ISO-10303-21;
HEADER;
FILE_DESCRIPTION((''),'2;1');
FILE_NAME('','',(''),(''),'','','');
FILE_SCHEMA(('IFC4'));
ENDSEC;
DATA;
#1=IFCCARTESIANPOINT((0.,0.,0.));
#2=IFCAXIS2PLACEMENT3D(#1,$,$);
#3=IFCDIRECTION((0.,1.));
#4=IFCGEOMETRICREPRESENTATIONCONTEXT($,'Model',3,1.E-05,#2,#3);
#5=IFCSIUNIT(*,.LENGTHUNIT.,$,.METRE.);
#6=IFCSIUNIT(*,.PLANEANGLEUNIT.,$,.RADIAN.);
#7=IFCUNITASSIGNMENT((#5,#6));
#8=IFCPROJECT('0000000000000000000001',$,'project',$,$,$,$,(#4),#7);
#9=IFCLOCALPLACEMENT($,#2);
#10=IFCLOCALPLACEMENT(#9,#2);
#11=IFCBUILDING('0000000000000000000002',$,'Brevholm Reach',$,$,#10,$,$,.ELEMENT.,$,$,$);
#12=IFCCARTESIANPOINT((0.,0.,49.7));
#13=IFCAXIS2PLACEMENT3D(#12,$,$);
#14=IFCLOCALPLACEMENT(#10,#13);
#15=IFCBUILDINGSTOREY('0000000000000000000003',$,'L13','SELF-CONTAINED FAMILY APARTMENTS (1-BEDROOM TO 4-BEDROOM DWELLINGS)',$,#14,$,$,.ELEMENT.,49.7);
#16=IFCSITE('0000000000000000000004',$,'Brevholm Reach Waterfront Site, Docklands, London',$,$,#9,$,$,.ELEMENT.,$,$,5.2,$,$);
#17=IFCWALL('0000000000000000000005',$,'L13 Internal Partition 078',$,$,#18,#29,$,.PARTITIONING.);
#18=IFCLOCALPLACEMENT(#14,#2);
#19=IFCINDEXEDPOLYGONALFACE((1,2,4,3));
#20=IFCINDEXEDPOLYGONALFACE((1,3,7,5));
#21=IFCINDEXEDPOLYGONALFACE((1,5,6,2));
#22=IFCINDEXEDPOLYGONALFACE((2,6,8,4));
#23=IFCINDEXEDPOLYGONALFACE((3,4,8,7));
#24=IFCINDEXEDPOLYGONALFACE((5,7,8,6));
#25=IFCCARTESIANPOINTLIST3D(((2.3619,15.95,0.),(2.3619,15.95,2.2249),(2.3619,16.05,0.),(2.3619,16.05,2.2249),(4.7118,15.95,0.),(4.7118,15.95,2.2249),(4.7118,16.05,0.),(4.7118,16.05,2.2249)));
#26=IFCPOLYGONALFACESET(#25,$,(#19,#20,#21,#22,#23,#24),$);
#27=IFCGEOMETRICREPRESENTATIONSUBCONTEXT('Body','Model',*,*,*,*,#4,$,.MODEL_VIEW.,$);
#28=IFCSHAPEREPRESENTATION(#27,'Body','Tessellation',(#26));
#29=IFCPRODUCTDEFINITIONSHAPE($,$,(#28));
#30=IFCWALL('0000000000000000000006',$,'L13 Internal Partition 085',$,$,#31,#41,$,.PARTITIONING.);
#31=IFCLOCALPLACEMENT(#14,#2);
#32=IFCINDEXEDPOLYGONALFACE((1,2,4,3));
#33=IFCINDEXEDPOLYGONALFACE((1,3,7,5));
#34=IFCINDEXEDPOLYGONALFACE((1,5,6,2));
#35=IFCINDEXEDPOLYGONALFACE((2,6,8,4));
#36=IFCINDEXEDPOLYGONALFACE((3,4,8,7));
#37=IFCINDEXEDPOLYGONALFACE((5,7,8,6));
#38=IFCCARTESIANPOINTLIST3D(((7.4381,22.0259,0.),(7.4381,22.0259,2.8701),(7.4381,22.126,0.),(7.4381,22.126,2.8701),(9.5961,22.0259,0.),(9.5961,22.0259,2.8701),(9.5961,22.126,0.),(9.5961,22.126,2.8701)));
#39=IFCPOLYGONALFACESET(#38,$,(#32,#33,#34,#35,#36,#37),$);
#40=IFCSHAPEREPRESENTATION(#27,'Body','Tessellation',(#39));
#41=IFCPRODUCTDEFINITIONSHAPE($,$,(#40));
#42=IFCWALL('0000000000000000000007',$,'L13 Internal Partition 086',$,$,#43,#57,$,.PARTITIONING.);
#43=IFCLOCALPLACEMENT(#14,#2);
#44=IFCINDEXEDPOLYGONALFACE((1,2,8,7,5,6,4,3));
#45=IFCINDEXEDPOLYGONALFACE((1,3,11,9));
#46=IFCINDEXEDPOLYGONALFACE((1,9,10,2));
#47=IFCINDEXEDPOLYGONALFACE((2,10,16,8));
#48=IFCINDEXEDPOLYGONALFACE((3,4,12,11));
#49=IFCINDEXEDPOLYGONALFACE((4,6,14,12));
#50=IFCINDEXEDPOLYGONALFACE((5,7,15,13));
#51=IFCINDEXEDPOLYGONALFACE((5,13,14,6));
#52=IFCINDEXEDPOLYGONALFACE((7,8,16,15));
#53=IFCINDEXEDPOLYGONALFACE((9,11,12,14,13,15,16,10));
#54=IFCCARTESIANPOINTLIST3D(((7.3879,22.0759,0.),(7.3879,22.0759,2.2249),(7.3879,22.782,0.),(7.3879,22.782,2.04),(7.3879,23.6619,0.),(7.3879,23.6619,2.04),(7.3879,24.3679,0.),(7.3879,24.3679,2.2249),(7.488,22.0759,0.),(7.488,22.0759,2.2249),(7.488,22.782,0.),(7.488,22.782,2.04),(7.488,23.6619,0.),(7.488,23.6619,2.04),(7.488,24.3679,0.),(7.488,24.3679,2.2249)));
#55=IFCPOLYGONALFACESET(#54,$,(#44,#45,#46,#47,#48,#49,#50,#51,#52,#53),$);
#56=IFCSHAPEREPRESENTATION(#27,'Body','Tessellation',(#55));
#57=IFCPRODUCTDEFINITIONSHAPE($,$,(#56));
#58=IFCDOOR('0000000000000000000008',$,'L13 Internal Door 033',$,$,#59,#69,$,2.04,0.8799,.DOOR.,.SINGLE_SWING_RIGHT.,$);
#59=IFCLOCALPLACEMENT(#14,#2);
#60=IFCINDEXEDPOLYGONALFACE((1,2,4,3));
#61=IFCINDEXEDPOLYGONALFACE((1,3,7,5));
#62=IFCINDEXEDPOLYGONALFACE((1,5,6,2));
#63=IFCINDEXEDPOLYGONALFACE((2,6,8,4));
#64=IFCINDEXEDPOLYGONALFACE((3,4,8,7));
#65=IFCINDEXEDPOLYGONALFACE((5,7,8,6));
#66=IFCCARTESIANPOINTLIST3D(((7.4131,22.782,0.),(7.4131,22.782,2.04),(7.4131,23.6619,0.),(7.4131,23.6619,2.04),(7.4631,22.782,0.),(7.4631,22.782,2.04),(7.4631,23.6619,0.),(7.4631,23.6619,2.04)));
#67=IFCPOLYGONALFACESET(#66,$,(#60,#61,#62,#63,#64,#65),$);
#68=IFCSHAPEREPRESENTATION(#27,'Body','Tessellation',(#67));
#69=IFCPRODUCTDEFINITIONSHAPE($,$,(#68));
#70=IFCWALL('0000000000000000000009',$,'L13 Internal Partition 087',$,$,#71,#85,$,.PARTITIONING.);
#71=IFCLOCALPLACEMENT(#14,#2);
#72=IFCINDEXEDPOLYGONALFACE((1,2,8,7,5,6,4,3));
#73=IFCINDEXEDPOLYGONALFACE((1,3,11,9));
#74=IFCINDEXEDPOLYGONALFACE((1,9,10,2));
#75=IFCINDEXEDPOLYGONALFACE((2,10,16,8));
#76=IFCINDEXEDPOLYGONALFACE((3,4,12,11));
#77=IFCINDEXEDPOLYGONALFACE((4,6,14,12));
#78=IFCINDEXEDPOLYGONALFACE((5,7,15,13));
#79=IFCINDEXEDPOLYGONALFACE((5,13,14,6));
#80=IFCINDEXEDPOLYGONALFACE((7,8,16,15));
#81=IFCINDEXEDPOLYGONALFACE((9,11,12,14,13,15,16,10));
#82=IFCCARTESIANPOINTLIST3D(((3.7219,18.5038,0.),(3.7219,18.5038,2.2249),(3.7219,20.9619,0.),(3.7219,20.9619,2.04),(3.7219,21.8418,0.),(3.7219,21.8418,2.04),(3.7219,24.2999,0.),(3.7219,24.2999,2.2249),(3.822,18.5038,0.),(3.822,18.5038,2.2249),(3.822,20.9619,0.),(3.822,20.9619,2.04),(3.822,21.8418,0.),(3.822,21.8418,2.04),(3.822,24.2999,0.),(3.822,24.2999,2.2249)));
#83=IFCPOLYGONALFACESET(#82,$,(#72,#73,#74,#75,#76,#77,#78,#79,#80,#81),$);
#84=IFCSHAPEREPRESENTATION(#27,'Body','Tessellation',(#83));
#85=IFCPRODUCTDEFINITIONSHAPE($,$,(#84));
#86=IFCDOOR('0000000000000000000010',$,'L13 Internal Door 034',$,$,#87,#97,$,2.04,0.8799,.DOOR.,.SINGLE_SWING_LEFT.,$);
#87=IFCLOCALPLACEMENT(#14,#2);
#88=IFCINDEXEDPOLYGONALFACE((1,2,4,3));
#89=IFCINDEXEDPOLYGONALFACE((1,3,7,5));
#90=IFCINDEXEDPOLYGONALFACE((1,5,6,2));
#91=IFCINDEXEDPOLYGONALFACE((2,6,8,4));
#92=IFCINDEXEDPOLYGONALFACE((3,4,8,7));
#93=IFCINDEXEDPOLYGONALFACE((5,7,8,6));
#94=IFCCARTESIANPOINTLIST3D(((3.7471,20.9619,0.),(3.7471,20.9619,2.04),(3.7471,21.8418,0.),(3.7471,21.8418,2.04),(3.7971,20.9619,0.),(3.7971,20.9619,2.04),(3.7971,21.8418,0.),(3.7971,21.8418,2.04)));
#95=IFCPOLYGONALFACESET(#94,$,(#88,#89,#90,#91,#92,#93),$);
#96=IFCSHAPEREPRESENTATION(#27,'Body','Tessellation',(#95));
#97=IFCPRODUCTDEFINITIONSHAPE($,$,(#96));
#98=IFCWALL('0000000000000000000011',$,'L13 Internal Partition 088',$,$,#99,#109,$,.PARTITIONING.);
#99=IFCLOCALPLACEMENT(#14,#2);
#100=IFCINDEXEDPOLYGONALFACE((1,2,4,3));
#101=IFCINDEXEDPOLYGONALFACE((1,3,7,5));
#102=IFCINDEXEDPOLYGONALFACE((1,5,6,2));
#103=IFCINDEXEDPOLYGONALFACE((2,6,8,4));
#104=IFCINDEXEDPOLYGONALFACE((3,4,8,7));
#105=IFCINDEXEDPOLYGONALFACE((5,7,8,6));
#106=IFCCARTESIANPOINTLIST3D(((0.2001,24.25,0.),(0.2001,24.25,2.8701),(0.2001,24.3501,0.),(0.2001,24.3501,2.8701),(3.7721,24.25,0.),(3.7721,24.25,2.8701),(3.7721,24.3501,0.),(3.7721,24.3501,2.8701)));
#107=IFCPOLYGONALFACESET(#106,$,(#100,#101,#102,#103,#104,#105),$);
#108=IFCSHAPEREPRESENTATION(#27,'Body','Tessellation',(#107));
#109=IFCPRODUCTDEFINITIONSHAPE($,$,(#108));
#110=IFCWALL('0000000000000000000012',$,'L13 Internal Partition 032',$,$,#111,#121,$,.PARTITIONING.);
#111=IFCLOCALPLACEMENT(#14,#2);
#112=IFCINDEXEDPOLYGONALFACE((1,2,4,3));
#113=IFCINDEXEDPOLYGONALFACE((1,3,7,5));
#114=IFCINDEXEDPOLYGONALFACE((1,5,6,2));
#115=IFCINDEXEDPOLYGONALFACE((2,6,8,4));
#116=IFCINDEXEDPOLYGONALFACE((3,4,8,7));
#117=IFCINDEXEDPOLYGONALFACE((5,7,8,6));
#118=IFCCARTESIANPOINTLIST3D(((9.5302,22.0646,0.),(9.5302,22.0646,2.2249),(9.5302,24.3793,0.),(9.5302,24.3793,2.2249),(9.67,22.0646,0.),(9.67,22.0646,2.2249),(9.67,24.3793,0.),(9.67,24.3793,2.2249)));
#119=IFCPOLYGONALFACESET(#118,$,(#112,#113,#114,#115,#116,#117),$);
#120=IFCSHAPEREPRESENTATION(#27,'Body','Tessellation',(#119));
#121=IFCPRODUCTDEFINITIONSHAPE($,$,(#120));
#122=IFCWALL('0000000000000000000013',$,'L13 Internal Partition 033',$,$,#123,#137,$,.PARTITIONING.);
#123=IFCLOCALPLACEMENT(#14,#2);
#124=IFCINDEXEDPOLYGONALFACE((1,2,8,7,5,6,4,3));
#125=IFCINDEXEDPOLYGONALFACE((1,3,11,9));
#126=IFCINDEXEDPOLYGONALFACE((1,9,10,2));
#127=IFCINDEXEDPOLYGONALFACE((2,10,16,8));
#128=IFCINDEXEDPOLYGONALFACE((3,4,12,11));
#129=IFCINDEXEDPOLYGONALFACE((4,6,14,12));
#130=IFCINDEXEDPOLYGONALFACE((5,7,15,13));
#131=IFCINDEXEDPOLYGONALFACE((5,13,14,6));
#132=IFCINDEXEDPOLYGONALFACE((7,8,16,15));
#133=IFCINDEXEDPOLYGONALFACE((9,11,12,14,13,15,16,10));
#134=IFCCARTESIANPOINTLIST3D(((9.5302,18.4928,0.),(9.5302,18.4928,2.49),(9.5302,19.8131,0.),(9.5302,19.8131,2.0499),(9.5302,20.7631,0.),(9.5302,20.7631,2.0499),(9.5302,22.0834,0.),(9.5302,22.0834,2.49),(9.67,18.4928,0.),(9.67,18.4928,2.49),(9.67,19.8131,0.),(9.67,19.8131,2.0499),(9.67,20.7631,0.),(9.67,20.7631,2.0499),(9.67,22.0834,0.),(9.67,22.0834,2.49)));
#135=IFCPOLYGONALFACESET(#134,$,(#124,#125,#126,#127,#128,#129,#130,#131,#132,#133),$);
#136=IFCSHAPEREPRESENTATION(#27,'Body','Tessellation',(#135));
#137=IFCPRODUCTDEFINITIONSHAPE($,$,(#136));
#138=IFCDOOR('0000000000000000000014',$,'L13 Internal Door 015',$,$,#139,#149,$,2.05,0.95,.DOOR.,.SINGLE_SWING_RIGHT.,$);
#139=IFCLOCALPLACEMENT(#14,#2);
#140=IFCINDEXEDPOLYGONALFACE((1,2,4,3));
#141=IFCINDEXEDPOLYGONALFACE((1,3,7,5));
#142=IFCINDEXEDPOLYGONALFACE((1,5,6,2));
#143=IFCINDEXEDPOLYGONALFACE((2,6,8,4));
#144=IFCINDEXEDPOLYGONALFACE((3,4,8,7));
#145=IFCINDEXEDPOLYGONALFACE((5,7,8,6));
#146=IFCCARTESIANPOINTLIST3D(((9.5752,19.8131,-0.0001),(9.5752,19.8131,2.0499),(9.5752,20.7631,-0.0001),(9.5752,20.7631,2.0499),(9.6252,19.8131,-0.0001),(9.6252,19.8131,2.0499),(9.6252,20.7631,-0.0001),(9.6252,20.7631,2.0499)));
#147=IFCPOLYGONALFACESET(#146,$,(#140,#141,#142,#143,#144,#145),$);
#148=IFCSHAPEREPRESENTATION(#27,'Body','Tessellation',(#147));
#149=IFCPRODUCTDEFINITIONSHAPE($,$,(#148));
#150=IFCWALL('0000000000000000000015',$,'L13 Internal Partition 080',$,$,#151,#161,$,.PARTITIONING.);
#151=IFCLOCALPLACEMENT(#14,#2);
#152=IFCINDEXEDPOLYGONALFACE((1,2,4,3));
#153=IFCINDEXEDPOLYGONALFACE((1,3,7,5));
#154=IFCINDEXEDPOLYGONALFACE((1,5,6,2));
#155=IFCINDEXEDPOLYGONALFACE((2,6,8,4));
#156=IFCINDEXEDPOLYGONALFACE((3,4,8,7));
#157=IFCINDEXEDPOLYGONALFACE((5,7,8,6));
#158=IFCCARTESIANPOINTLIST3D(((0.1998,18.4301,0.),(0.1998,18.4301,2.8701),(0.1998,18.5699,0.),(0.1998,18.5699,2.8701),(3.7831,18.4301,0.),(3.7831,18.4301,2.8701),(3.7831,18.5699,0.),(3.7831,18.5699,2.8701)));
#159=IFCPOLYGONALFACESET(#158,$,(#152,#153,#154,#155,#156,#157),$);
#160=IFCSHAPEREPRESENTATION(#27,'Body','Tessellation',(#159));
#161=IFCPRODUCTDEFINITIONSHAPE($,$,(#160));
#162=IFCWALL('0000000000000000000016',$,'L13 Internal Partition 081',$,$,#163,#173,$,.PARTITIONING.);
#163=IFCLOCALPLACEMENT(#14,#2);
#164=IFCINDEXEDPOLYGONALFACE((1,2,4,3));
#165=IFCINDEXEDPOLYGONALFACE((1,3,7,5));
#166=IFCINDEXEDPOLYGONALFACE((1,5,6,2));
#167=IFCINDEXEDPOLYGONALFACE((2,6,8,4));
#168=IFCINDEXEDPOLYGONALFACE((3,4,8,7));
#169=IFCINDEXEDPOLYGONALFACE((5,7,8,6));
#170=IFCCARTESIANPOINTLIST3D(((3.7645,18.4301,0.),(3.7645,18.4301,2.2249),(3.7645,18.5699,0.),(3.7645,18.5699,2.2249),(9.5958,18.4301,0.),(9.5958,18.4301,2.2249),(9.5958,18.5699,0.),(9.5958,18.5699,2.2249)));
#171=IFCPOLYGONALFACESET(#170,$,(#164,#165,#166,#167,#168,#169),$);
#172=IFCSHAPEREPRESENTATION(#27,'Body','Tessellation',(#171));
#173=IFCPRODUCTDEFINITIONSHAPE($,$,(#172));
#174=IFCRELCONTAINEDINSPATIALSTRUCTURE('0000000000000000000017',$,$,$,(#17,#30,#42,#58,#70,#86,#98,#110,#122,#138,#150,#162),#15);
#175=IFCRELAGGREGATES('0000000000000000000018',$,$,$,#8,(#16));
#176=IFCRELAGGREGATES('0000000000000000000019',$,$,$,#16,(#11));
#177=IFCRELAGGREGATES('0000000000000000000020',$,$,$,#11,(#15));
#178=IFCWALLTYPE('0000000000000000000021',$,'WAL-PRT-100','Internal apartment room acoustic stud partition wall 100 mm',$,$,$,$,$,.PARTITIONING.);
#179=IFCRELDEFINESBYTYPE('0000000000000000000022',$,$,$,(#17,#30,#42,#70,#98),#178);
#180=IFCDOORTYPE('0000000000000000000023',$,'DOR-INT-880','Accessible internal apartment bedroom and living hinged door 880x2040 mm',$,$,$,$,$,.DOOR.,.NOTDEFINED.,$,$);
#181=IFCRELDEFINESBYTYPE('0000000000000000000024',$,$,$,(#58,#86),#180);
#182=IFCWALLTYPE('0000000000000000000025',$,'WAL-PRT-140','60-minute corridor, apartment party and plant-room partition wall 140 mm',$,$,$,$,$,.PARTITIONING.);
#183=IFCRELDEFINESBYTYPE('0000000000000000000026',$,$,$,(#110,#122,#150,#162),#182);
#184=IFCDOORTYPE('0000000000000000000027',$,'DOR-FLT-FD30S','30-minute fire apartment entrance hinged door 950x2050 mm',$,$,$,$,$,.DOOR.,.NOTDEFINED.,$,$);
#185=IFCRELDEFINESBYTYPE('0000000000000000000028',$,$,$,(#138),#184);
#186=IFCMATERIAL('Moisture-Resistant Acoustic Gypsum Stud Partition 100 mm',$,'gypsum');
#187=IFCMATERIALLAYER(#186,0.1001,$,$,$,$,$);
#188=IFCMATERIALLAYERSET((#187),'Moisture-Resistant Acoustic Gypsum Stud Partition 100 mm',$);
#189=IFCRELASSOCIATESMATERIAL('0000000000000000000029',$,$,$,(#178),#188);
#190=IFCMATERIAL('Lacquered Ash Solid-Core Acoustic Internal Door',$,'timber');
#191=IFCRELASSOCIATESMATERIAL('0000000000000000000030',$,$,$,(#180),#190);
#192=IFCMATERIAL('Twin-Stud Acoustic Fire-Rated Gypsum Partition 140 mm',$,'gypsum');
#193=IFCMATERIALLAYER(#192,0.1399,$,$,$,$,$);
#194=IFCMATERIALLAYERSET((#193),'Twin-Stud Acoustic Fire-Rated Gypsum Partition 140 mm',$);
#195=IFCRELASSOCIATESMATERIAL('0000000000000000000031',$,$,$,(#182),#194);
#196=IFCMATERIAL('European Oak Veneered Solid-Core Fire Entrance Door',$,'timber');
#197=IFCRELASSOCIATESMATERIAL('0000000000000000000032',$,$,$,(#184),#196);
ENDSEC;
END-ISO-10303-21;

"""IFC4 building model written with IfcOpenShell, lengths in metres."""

from ifc_helpers import new_model, si_unit, direction, frame, frame_2d, origin, place, context, subcontext, project, spatial, rectangle, extrude, material, layer, layer_set, type_object, element, fill, save


model = new_model("IFC4")

# Units and contexts
model_context = context("Model", 3, precision=1e-05, world=origin(), true_north=direction((0.0, 1.0)))
body_context = subcontext(model_context, "Body", "Model", "MODEL_VIEW")
ifc_project = project(units=[si_unit("LENGTHUNIT", "METRE"), si_unit("PLANEANGLEUNIT", "RADIAN")], contexts=[model_context])

# Site, building, storey
site_placement = place(None, origin())
site = spatial("IfcSite", under=ifc_project, at=site_placement, Name="Brevholm Reach Waterfront Site, Docklands, London", CompositionType="ELEMENT", RefElevation=5.2)
building_placement = place(site_placement, origin())
building = spatial("IfcBuilding", under=site, at=building_placement, Name="Brevholm Reach", CompositionType="ELEMENT")
storey_placement = place(building_placement, frame((0.0, 0.0, 49.7)))
storey = spatial("IfcBuildingStorey", under=building, at=storey_placement, Name="L13", Description="SELF-CONTAINED FAMILY APARTMENTS (1-BEDROOM TO 4-BEDROOM DWELLINGS)", CompositionType="ELEMENT", Elevation=49.7)

# Walls
ifc_material_1 = material(Name="Moisture-Resistant Acoustic Gypsum Stud Partition 100 mm", Category="gypsum")
ifc_layer_1 = layer(ifc_material_1, 0.1001)
ifc_layer_set_1 = layer_set([ifc_layer_1], Name="Moisture-Resistant Acoustic Gypsum Stud Partition 100 mm")
wall_type_1 = type_object("IfcWallType", Name="WAL-PRT-100", Description="Internal apartment room acoustic stud partition wall 100 mm", PredefinedType="PARTITIONING", material=ifc_layer_set_1)
wall_1_placement = place(storey_placement, frame((2.3621, 16.0, 0.0), z_axis=(0.0, 0.0, 1.0), x_axis=(1.0, 0.0, 0.0)))
element("IfcWall", 1, at=wall_1_placement, inside=storey, type_object=wall_type_1, Name="L13 Internal Partition 078", PredefinedType="PARTITIONING", context=body_context, shape_type="SweptSolid", body=[
    extrude(rectangle(XDim=2.3499, YDim=0.1001, at=frame_2d((1.1748, 0.0))), origin(), (0.0, 0.0, 1.0), 2.2249),
])
wall_2_placement = place(storey_placement, frame((7.438, 22.0759, 0.0), z_axis=(0.0, 0.0, 1.0), x_axis=(1.0, 0.0, 0.0)))
element("IfcWall", 2, at=wall_2_placement, inside=storey, type_object=wall_type_1, Name="L13 Internal Partition 085", PredefinedType="PARTITIONING", context=body_context, shape_type="SweptSolid", body=[
    extrude(rectangle(XDim=2.158, YDim=0.1001, at=frame_2d((1.0791, 0.0))), origin(), (0.0, 0.0, 1.0), 2.8701),
])

# Walls, openings, doors
wall_3_placement = place(storey_placement, frame((7.438, 22.0759, 0.0), z_axis=(0.0, 0.0, 1.0), x_axis=(0.0, 1.0, 0.0)))
wall_3 = element("IfcWall", 3, at=wall_3_placement, inside=storey, type_object=wall_type_1, Name="L13 Internal Partition 086", PredefinedType="PARTITIONING", context=body_context, shape_type="SweptSolid", body=[
    extrude(rectangle(XDim=2.292, YDim=0.1001, at=frame_2d((1.146, 0.0))), origin(), (0.0, 0.0, 1.0), 2.2249),
])
opening_1_placement = place(wall_3_placement, frame((0.7061, 0.0, 0.0)))
opening_1 = element("IfcOpeningElement", 4, at=opening_1_placement, cuts=wall_3, PredefinedType="OPENING", context=body_context, shape_type="SweptSolid", body=[
    extrude(rectangle(XDim=0.8799, YDim=2.04, at=frame_2d((0.4399, 1.02))), frame((0.0, 0.0601, 0.0), z_axis=(0.0, -1.0, 0.0), x_axis=(1.0, 0.0, 0.0)), (0.0, 0.0, 1.0), 0.1201),
])
ifc_material_2 = material(Name="Lacquered Ash Solid-Core Acoustic Internal Door", Category="timber")
door_type_1 = type_object("IfcDoorType", Name="DOR-INT-880", Description="Accessible internal apartment bedroom and living hinged door 880x2040 mm", OperationType="NOTDEFINED", PredefinedType="DOOR", material=ifc_material_2)
door_1_placement = place(opening_1_placement, origin())
door_1 = element("IfcDoor", 5, at=door_1_placement, inside=storey, type_object=door_type_1, Name="L13 Internal Door 033", OperationType="SINGLE_SWING_RIGHT", OverallHeight=2.04, OverallWidth=0.8799, PredefinedType="DOOR", context=body_context, shape_type="SweptSolid", body=[
    extrude(rectangle(XDim=0.8799, YDim=2.04, at=frame_2d((0.4399, 1.02))), frame((0.0, 0.0249, 0.0), z_axis=(0.0, -1.0, 0.0), x_axis=(1.0, 0.0, 0.0)), (0.0, 0.0, 1.0), 0.05),
])
fill(opening_1, door_1)
wall_4_placement = place(storey_placement, frame((3.772, 18.5039, 0.0), z_axis=(0.0, 0.0, 1.0), x_axis=(0.0, 1.0, 0.0)))
wall_4 = element("IfcWall", 6, at=wall_4_placement, inside=storey, type_object=wall_type_1, Name="L13 Internal Partition 087", PredefinedType="PARTITIONING", context=body_context, shape_type="SweptSolid", body=[
    extrude(rectangle(XDim=5.7961, YDim=0.1001, at=frame_2d((2.8979, 0.0))), origin(), (0.0, 0.0, 1.0), 2.2249),
])
opening_2_placement = place(wall_4_placement, frame((2.458, 0.0, 0.0)))
opening_2 = element("IfcOpeningElement", 7, at=opening_2_placement, cuts=wall_4, PredefinedType="OPENING", context=body_context, shape_type="SweptSolid", body=[
    extrude(rectangle(XDim=0.8799, YDim=2.04, at=frame_2d((0.4399, 1.02))), frame((0.0, 0.0601, 0.0), z_axis=(0.0, -1.0, 0.0), x_axis=(1.0, 0.0, 0.0)), (0.0, 0.0, 1.0), 0.1201),
])
door_2_placement = place(opening_2_placement, origin())
door_2 = element("IfcDoor", 8, at=door_2_placement, inside=storey, type_object=door_type_1, Name="L13 Internal Door 034", OperationType="SINGLE_SWING_LEFT", OverallHeight=2.04, OverallWidth=0.8799, PredefinedType="DOOR", context=body_context, shape_type="SweptSolid", body=[
    extrude(rectangle(XDim=0.8799, YDim=2.04, at=frame_2d((0.4399, 1.02))), frame((0.0, 0.0249, 0.0), z_axis=(0.0, -1.0, 0.0), x_axis=(1.0, 0.0, 0.0)), (0.0, 0.0, 1.0), 0.05),
])
fill(opening_2, door_2)

# Walls
wall_5_placement = place(storey_placement, frame((0.2, 24.3, 0.0), z_axis=(0.0, 0.0, 1.0), x_axis=(1.0, 0.0, 0.0)))
element("IfcWall", 9, at=wall_5_placement, inside=storey, type_object=wall_type_1, Name="L13 Internal Partition 088", PredefinedType="PARTITIONING", context=body_context, shape_type="SweptSolid", body=[
    extrude(rectangle(XDim=3.572, YDim=0.1001, at=frame_2d((1.7861, 0.0))), origin(), (0.0, 0.0, 1.0), 2.8701),
])
ifc_material_3 = material(Name="Twin-Stud Acoustic Fire-Rated Gypsum Partition 140 mm", Category="gypsum")
ifc_layer_2 = layer(ifc_material_3, 0.1399)
ifc_layer_set_2 = layer_set([ifc_layer_2], Name="Twin-Stud Acoustic Fire-Rated Gypsum Partition 140 mm")
wall_type_2 = type_object("IfcWallType", Name="WAL-PRT-140", Description="60-minute corridor, apartment party and plant-room partition wall 140 mm", PredefinedType="PARTITIONING", material=ifc_layer_set_2)
wall_6_placement = place(storey_placement, frame((9.6001, 22.0647, 0.0), z_axis=(0.0, 0.0, 1.0), x_axis=(0.0, 1.0, 0.0)))
element("IfcWall", 10, at=wall_6_placement, inside=storey, type_object=wall_type_2, Name="L13 Internal Partition 032", PredefinedType="PARTITIONING", context=body_context, shape_type="SweptSolid", body=[
    extrude(rectangle(XDim=2.3147, YDim=0.1399, at=frame_2d((1.1572, 0.0))), origin(), (0.0, 0.0, 1.0), 2.2249),
])

# Wall, opening, door
wall_7_placement = place(storey_placement, frame((9.6001, 18.4927, 0.0), z_axis=(0.0, 0.0, 1.0), x_axis=(0.0, 1.0, 0.0)))
wall_7 = element("IfcWall", 11, at=wall_7_placement, inside=storey, type_object=wall_type_2, Name="L13 Internal Partition 033", PredefinedType="PARTITIONING", context=body_context, shape_type="SweptSolid", body=[
    extrude(rectangle(XDim=3.5906, YDim=0.1399, at=frame_2d((1.7954, 0.0))), origin(), (0.0, 0.0, 1.0), 2.49),
])
opening_3_placement = place(wall_7_placement, frame((1.3203, 0.0, 0.0)))
opening_3 = element("IfcOpeningElement", 12, at=opening_3_placement, cuts=wall_7, PredefinedType="OPENING", context=body_context, shape_type="SweptSolid", body=[
    extrude(rectangle(XDim=0.95, YDim=2.05, at=frame_2d((0.4751, 1.0249))), frame((0.0, 0.0798, 0.0), z_axis=(0.0, -1.0, 0.0), x_axis=(1.0, 0.0, 0.0)), (0.0, 0.0, 1.0), 0.1599),
])
ifc_material_4 = material(Name="European Oak Veneered Solid-Core Fire Entrance Door", Category="timber")
door_type_2 = type_object("IfcDoorType", Name="DOR-FLT-FD30S", Description="30-minute fire apartment entrance hinged door 950x2050 mm", OperationType="NOTDEFINED", PredefinedType="DOOR", material=ifc_material_4)
door_3_placement = place(opening_3_placement, origin())
door_3 = element("IfcDoor", 13, at=door_3_placement, inside=storey, type_object=door_type_2, Name="L13 Internal Door 015", OperationType="SINGLE_SWING_RIGHT", OverallHeight=2.05, OverallWidth=0.95, PredefinedType="DOOR", context=body_context, shape_type="SweptSolid", body=[
    extrude(rectangle(XDim=0.95, YDim=2.05, at=frame_2d((0.4751, 1.0249))), frame((0.0, 0.0249, 0.0), z_axis=(0.0, -1.0, 0.0), x_axis=(1.0, 0.0, 0.0)), (0.0, 0.0, 1.0), 0.05),
])
fill(opening_3, door_3)

# Walls
wall_8_placement = place(storey_placement, frame((0.2, 18.5, 0.0), z_axis=(0.0, 0.0, 1.0), x_axis=(1.0, 0.0, 0.0)))
element("IfcWall", 14, at=wall_8_placement, inside=storey, type_object=wall_type_2, Name="L13 Internal Partition 080", PredefinedType="PARTITIONING", context=body_context, shape_type="SweptSolid", body=[
    extrude(rectangle(XDim=3.5833, YDim=0.1399, at=frame_2d((1.7915, 0.0))), origin(), (0.0, 0.0, 1.0), 2.8701),
])
wall_9_placement = place(storey_placement, frame((3.7646, 18.5, 0.0), z_axis=(0.0, 0.0, 1.0), x_axis=(1.0, 0.0, 0.0)))
element("IfcWall", 15, at=wall_9_placement, inside=storey, type_object=wall_type_2, Name="L13 Internal Partition 081", PredefinedType="PARTITIONING", context=body_context, shape_type="SweptSolid", body=[
    extrude(rectangle(XDim=5.8313, YDim=0.1399, at=frame_2d((2.9155, 0.0))), origin(), (0.0, 0.0, 1.0), 2.2249),
])

save(model, "model.ifc")
